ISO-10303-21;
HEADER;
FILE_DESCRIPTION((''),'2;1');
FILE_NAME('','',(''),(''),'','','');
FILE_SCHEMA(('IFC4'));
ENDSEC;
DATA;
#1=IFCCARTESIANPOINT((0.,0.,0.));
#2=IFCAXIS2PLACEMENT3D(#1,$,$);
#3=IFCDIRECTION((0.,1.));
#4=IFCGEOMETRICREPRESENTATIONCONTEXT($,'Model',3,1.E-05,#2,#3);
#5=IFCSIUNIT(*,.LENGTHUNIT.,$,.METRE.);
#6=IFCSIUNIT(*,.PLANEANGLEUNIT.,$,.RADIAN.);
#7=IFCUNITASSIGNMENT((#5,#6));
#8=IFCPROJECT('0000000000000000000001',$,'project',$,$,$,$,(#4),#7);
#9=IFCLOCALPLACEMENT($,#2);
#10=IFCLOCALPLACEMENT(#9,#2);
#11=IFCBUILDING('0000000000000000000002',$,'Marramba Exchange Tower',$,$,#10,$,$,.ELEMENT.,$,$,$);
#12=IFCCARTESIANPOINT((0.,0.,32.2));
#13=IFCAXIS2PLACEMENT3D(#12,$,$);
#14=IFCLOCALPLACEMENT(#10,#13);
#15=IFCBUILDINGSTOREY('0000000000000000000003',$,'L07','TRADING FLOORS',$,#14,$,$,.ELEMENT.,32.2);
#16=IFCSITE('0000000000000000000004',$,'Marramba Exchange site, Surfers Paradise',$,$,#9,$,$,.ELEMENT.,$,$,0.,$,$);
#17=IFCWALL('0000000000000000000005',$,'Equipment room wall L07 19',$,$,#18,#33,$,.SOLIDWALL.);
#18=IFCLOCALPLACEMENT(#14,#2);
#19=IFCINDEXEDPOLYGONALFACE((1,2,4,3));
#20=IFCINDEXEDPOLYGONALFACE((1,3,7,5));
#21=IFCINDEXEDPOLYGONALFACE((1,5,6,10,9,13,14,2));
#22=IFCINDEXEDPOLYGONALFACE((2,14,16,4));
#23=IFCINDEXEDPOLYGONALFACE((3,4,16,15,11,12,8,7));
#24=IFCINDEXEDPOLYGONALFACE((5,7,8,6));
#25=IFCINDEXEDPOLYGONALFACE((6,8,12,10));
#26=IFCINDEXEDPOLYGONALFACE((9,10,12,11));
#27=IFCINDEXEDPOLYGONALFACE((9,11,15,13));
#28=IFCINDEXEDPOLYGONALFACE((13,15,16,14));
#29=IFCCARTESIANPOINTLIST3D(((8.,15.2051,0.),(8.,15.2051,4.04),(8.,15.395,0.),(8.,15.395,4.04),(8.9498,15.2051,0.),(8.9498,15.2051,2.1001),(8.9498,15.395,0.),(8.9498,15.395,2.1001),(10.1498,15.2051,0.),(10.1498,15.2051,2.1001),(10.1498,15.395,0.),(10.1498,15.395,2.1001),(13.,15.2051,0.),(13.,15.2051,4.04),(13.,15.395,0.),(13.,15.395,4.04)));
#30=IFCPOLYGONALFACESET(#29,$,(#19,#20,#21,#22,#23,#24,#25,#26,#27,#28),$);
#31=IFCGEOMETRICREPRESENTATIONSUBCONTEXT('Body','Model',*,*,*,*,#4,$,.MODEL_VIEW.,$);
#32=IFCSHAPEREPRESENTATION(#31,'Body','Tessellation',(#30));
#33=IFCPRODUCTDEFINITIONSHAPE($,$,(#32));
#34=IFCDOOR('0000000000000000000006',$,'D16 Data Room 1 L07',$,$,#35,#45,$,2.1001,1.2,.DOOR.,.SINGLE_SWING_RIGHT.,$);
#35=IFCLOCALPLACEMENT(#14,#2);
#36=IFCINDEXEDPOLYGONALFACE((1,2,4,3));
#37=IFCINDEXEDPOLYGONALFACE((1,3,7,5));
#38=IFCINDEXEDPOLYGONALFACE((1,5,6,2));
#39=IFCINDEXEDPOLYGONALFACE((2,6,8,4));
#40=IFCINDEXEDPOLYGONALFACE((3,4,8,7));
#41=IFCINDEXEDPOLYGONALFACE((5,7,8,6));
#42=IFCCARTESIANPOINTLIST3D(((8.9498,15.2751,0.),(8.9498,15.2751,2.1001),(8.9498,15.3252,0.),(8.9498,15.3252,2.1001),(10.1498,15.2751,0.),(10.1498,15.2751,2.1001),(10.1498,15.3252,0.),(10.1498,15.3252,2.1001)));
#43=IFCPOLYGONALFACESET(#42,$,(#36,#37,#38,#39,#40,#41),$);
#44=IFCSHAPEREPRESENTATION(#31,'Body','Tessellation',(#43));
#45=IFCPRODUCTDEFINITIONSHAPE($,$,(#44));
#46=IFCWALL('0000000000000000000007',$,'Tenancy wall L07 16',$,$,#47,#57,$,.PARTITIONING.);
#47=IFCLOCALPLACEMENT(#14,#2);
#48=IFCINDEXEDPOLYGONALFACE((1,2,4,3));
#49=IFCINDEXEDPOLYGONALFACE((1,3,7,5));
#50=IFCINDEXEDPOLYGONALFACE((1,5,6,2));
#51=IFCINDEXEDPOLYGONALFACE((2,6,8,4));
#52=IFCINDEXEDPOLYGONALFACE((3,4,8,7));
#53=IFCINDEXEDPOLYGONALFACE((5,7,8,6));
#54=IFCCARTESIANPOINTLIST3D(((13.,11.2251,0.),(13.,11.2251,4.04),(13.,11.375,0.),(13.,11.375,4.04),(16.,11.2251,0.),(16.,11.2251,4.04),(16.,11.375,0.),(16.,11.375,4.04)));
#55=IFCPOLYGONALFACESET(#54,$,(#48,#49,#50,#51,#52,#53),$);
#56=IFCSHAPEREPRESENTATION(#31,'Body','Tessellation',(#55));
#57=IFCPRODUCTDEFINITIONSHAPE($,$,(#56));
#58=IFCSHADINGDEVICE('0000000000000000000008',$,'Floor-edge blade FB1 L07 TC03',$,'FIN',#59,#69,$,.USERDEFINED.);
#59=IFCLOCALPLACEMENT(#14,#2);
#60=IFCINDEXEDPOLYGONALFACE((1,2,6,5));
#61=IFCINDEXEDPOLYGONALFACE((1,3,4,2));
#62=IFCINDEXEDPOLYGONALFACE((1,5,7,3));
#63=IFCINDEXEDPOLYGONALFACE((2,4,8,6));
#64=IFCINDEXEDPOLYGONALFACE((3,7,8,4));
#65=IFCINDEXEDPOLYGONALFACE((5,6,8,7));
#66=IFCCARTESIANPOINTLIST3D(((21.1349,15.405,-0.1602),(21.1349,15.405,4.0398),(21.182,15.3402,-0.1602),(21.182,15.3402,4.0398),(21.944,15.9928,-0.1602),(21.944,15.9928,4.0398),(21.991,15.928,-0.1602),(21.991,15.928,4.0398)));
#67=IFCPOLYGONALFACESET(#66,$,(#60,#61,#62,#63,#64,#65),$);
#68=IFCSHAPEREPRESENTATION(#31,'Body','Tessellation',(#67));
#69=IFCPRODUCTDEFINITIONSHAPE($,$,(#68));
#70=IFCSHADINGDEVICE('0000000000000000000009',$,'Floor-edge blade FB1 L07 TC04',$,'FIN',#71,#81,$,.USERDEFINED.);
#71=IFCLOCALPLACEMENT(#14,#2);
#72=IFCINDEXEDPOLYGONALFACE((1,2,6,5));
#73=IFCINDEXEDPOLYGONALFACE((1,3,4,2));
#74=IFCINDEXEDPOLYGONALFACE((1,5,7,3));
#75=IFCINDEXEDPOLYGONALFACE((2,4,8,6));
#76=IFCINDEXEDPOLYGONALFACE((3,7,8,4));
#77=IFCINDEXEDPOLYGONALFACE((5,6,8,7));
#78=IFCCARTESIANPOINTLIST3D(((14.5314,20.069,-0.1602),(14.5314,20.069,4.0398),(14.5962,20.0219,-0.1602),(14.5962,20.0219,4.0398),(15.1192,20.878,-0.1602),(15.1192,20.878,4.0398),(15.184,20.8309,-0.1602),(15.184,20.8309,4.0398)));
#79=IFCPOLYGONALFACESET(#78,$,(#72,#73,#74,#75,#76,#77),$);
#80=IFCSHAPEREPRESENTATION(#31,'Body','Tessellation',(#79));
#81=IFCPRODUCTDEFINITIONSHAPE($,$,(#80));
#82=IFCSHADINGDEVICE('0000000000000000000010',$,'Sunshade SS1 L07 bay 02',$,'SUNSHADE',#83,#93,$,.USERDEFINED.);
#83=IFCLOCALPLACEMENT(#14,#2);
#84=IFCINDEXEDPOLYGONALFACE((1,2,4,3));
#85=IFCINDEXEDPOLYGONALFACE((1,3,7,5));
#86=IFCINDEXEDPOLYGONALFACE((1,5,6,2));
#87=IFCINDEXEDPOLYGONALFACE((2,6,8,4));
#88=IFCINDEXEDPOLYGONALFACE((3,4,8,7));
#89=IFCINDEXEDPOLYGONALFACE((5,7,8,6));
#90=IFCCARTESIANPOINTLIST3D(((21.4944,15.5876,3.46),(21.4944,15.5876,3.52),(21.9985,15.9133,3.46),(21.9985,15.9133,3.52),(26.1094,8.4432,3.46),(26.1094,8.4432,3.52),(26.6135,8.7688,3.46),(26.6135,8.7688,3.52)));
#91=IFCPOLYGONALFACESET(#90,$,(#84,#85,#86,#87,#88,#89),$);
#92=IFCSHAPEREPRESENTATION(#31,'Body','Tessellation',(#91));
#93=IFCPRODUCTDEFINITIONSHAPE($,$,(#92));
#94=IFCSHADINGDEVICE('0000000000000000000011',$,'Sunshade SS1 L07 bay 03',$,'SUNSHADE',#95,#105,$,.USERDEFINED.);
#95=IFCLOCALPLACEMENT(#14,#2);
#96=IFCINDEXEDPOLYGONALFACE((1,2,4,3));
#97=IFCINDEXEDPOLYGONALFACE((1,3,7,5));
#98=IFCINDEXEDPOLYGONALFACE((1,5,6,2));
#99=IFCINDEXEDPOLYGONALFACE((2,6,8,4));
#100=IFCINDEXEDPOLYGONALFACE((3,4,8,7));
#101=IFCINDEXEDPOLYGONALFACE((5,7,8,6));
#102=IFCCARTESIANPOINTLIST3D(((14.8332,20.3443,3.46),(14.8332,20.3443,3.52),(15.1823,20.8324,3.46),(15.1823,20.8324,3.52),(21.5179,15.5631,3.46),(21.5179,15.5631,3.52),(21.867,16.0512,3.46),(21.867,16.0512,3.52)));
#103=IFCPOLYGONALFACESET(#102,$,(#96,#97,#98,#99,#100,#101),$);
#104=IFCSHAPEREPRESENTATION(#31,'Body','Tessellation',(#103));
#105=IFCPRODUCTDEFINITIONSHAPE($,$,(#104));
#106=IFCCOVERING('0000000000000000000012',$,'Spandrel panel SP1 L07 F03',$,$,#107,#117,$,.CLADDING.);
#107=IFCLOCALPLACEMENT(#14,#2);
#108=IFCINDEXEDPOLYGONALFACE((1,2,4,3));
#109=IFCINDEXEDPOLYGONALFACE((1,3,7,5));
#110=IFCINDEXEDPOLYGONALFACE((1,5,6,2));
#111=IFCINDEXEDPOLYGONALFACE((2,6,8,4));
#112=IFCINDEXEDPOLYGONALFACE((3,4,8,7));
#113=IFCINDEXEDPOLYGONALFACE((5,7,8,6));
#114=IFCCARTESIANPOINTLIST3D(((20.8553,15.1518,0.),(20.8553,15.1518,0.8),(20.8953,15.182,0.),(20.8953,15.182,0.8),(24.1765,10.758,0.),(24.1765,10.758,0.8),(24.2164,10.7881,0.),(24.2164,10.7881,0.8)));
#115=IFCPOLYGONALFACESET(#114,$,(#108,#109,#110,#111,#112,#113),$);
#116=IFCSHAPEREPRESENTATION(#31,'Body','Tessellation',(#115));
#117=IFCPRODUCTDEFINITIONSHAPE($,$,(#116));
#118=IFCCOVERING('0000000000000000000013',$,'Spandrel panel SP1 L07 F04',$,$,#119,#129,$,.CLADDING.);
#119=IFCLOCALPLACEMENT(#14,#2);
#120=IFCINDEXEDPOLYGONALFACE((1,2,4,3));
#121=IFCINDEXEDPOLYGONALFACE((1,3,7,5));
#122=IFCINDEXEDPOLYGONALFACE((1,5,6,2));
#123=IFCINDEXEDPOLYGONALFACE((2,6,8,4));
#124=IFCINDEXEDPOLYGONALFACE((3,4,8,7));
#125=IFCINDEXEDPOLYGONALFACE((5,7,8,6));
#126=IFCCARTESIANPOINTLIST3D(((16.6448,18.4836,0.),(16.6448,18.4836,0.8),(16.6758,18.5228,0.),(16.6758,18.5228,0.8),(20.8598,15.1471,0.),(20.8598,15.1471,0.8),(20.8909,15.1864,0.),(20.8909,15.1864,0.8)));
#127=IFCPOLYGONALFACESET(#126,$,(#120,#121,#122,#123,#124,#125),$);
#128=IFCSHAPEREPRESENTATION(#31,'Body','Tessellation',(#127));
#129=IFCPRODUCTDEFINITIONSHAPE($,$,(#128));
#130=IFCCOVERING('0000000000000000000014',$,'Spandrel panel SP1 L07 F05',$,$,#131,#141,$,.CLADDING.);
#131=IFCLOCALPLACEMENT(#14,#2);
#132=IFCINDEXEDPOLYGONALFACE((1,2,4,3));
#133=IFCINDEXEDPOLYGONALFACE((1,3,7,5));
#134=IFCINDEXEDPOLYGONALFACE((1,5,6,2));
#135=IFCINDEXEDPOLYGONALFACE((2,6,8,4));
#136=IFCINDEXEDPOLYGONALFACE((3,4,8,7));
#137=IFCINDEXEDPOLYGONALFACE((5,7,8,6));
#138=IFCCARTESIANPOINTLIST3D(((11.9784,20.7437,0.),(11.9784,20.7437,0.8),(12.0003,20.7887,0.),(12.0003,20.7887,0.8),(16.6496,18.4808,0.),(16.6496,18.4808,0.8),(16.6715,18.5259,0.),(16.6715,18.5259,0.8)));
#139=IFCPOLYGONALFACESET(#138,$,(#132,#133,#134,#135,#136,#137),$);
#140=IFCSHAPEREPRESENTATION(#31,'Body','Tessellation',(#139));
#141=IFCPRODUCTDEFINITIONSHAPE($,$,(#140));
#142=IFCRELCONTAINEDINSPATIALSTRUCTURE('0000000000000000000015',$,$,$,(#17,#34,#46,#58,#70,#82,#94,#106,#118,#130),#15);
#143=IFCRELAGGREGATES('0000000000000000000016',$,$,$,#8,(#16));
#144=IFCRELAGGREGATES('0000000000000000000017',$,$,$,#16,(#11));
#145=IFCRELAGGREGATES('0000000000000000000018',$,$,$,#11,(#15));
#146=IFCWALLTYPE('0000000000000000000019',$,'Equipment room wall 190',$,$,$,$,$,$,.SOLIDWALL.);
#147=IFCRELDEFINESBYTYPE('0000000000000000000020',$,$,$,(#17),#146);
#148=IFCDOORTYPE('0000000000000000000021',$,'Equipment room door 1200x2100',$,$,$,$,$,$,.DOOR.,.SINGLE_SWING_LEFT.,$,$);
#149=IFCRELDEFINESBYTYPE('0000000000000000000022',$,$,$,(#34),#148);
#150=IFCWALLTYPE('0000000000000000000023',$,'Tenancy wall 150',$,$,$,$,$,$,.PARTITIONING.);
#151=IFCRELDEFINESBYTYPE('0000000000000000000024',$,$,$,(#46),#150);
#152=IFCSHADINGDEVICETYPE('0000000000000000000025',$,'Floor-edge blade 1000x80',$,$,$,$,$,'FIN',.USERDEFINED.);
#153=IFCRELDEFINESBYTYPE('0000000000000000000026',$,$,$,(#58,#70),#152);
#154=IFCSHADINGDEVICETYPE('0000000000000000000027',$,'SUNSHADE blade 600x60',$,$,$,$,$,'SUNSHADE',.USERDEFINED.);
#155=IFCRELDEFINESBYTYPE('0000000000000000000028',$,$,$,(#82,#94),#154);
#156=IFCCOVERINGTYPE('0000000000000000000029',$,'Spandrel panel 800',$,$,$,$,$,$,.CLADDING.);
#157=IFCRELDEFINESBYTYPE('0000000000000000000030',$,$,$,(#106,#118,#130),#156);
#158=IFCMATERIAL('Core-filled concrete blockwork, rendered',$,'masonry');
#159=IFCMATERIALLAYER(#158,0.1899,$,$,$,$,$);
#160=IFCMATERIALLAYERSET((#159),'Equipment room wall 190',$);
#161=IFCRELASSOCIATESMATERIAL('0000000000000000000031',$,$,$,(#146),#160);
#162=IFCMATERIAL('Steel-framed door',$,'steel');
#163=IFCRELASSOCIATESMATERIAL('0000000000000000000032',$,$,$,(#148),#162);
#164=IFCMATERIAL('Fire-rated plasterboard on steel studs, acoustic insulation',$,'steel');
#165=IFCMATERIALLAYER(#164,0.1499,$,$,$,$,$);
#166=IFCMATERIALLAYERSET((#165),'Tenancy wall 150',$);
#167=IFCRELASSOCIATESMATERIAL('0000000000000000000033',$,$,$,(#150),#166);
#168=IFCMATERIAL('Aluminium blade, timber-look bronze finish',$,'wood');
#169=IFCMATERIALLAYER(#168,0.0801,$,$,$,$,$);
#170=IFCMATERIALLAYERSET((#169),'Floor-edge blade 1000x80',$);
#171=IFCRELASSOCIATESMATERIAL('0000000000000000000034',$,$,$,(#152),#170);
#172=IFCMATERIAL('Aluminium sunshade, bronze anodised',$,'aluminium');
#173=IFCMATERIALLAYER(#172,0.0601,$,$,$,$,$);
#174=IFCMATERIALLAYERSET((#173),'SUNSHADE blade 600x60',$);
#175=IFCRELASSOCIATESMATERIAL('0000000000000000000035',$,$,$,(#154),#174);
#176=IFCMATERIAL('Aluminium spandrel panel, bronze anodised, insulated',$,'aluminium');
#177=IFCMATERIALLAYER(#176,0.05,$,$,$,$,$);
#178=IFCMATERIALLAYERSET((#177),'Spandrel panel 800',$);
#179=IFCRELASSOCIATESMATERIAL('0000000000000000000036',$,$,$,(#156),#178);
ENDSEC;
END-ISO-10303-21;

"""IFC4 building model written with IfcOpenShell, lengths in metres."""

from ifc_helpers import new_model, si_unit, direction, frame, frame_2d, origin, origin_2d, place, context, subcontext, project, spatial, rectangle, extrude, material, layer, layer_set, type_object, element, fill, save


model = new_model("IFC4")

# Units and contexts
model_context = context("Model", 3, precision=1e-05, world=origin(), true_north=direction((0.0, 1.0)))
body_context = subcontext(model_context, "Body", "Model", "MODEL_VIEW")
ifc_project = project(units=[si_unit("LENGTHUNIT", "METRE"), si_unit("PLANEANGLEUNIT", "RADIAN")], contexts=[model_context])

# Site, building, storey
site_placement = place(None, origin())
site = spatial("IfcSite", under=ifc_project, at=site_placement, Name="Marramba Exchange site, Surfers Paradise", CompositionType="ELEMENT", RefElevation=0.0)
building_placement = place(site_placement, origin())
building = spatial("IfcBuilding", under=site, at=building_placement, Name="Marramba Exchange Tower", CompositionType="ELEMENT")
storey_placement = place(building_placement, frame((0.0, 0.0, 32.2)))
storey = spatial("IfcBuildingStorey", under=building, at=storey_placement, Name="L07", Description="TRADING FLOORS", CompositionType="ELEMENT", Elevation=32.2)

# Shared definitions
ifc_material_1 = material(Name="Core-filled concrete blockwork, rendered", Category="masonry")
ifc_layer_1 = layer(ifc_material_1, 0.1899)
ifc_layer_set_1 = layer_set([ifc_layer_1], Name="Equipment room wall 190")
wall_type_1 = type_object("IfcWallType", Name="Equipment room wall 190", PredefinedType="SOLIDWALL", material=ifc_layer_set_1)

# Wall, opening, door
wall_1_placement = place(storey_placement, frame((13.0, 15.3, 0.0), z_axis=(0.0, 0.0, 1.0), x_axis=(-1.0, 0.0, 0.0)))
wall_1 = element("IfcWall", 1, at=wall_1_placement, inside=storey, type_object=wall_type_1, Name="Equipment room wall L07 19", PredefinedType="SOLIDWALL", context=body_context, shape_type="SweptSolid", body=[
    extrude(rectangle(XDim=5.0, YDim=0.1899, at=frame_2d((2.5, 0.0))), origin(), (0.0, 0.0, 1.0), 4.04),
])
opening_placement = place(wall_1_placement, frame((2.8501, 0.0, 0.0)))
opening = element("IfcOpeningElement", 2, at=opening_placement, cuts=wall_1, PredefinedType="OPENING", context=body_context, shape_type="SweptSolid", body=[
    extrude(rectangle(XDim=1.2, YDim=2.1001, at=frame_2d((0.6001, 1.05))), frame((0.0, 0.105, 0.0), z_axis=(0.0, -1.0, 0.0), x_axis=(1.0, 0.0, 0.0)), (0.0, 0.0, 1.0), 0.21),
])
ifc_material_2 = material(Name="Steel-framed door", Category="steel")
door_type = type_object("IfcDoorType", Name="Equipment room door 1200x2100", OperationType="SINGLE_SWING_LEFT", PredefinedType="DOOR", material=ifc_material_2)
door_placement = place(opening_placement, origin())
door = element("IfcDoor", 3, at=door_placement, inside=storey, type_object=door_type, Name="D16 Data Room 1 L07", OperationType="SINGLE_SWING_RIGHT", OverallHeight=2.1001, OverallWidth=1.2, PredefinedType="DOOR", context=body_context, shape_type="SweptSolid", body=[
    extrude(rectangle(XDim=1.2, YDim=2.1001, at=frame_2d((0.6001, 1.05))), frame((0.0, 0.0249, 0.0), z_axis=(0.0, -1.0, 0.0), x_axis=(1.0, 0.0, 0.0)), (0.0, 0.0, 1.0), 0.05),
])
fill(opening, door)

# Wall
ifc_material_3 = material(Name="Fire-rated plasterboard on steel studs, acoustic insulation", Category="steel")
ifc_layer_2 = layer(ifc_material_3, 0.1499)
ifc_layer_set_2 = layer_set([ifc_layer_2], Name="Tenancy wall 150")
wall_type_2 = type_object("IfcWallType", Name="Tenancy wall 150", PredefinedType="PARTITIONING", material=ifc_layer_set_2)
wall_2_placement = place(storey_placement, frame((16.0, 11.3, 0.0), z_axis=(0.0, 0.0, 1.0), x_axis=(-1.0, 0.0, 0.0)))
element("IfcWall", 4, at=wall_2_placement, inside=storey, type_object=wall_type_2, Name="Tenancy wall L07 16", PredefinedType="PARTITIONING", context=body_context, shape_type="SweptSolid", body=[
    extrude(rectangle(XDim=3.0, YDim=0.1499, at=frame_2d((1.5, 0.0))), origin(), (0.0, 0.0, 1.0), 4.04),
])

# Shading devices
ifc_material_4 = material(Name="Aluminium blade, timber-look bronze finish", Category="wood")
ifc_layer_3 = layer(ifc_material_4, 0.0801)
ifc_layer_set_3 = layer_set([ifc_layer_3], Name="Floor-edge blade 1000x80")
shading_device_type_1 = type_object("IfcShadingDeviceType", Name="Floor-edge blade 1000x80", ElementType="FIN", PredefinedType="USERDEFINED", material=ifc_layer_set_3)
for number, where, z_axis, x_axis, name in (
    (5, (21.563, 15.6665, -0.1602), (0.0, 0.0, 1.0), (0.809017, 0.587785, 0.0), "Floor-edge blade FB1 L07 TC03"),
    (6, (14.8577, 20.45, -0.1602), (0.0, 0.0, 1.0), (0.587785, 0.809017, 0.0), "Floor-edge blade FB1 L07 TC04"),
):
    element("IfcShadingDevice", number, at=place(storey_placement, frame(where, z_axis=z_axis, x_axis=x_axis)), inside=storey, type_object=shading_device_type_1, Name=name, ObjectType="FIN", PredefinedType="USERDEFINED", context=body_context, shape_type="SweptSolid", body=[
        extrude(rectangle(XDim=1.0, YDim=0.0801, at=origin_2d()), origin(), (0.0, 0.0, 1.0), 4.2),
    ])
ifc_material_5 = material(Name="Aluminium sunshade, bronze anodised", Category="aluminium")
ifc_layer_4 = layer(ifc_material_5, 0.0601)
ifc_layer_set_4 = layer_set([ifc_layer_4], Name="SUNSHADE blade 600x60")
shading_device_type_2 = type_object("IfcShadingDeviceType", Name="SUNSHADE blade 600x60", ElementType="SUNSHADE", PredefinedType="USERDEFINED", material=ifc_layer_set_4)
shading_device_1_placement = place(storey_placement, frame((24.054, 12.1782, 3.46), z_axis=(0.0, 0.0, 1.0), x_axis=(-0.542597, 0.839993, 0.0)))
element("IfcShadingDevice", 7, at=shading_device_1_placement, inside=storey, type_object=shading_device_type_2, Name="Sunshade SS1 L07 bay 02", ObjectType="SUNSHADE", PredefinedType="USERDEFINED", context=body_context, shape_type="SweptSolid", body=[
    extrude(rectangle(XDim=8.5054, YDim=0.6001, at=origin_2d()), origin(), (0.0, 0.0, 1.0), 0.0601),
])
shading_device_2_placement = place(storey_placement, frame((18.3501, 18.1978, 3.46), z_axis=(0.0, 0.0, 1.0), x_axis=(-0.813363, 0.581757, 0.0)))
element("IfcShadingDevice", 8, at=shading_device_2_placement, inside=storey, type_object=shading_device_type_2, Name="Sunshade SS1 L07 bay 03", ObjectType="SUNSHADE", PredefinedType="USERDEFINED", context=body_context, shape_type="SweptSolid", body=[
    extrude(rectangle(XDim=8.2185, YDim=0.6001, at=origin_2d()), origin(), (0.0, 0.0, 1.0), 0.0601),
])

# Coverings
ifc_material_6 = material(Name="Aluminium spandrel panel, bronze anodised, insulated", Category="aluminium")
ifc_layer_5 = layer(ifc_material_6, 0.05)
ifc_layer_set_5 = layer_set([ifc_layer_5], Name="Spandrel panel 800")
covering_type = type_object("IfcCoveringType", Name="Spandrel panel 800", PredefinedType="CLADDING", material=ifc_layer_set_5)
covering_1_placement = place(storey_placement, frame((22.5359, 12.97, 0.0), z_axis=(0.0, 0.0, 1.0), x_axis=(-0.60299, 0.797749, 0.0)))
element("IfcCovering", 9, at=covering_1_placement, inside=storey, type_object=covering_type, Name="Spandrel panel SP1 L07 F03", PredefinedType="CLADDING", context=body_context, shape_type="SweptSolid", body=[
    extrude(rectangle(XDim=5.5078, YDim=0.05, at=origin_2d()), origin(), (0.0, 0.0, 1.0), 0.8),
])
covering_2_placement = place(storey_placement, frame((18.7678, 16.835, 0.0), z_axis=(0.0, 0.0, 1.0), x_axis=(-0.784088, 0.62065, 0.0)))
element("IfcCovering", 10, at=covering_2_placement, inside=storey, type_object=covering_type, Name="Spandrel panel SP1 L07 F04", PredefinedType="CLADDING", context=body_context, shape_type="SweptSolid", body=[
    extrude(rectangle(XDim=5.3757, YDim=0.05, at=origin_2d()), origin(), (0.0, 0.0, 1.0), 0.8),
])
covering_3_placement = place(storey_placement, frame((14.325, 19.6348, 0.0), z_axis=(0.0, 0.0, 1.0), x_axis=(-0.899963, 0.435965, 0.0)))
element("IfcCovering", 11, at=covering_3_placement, inside=storey, type_object=covering_type, Name="Spandrel panel SP1 L07 F05", PredefinedType="CLADDING", context=body_context, shape_type="SweptSolid", body=[
    extrude(rectangle(XDim=5.1904, YDim=0.05, at=origin_2d()), origin(), (0.0, 0.0, 1.0), 0.8),
])

save(model, "model.ifc")
